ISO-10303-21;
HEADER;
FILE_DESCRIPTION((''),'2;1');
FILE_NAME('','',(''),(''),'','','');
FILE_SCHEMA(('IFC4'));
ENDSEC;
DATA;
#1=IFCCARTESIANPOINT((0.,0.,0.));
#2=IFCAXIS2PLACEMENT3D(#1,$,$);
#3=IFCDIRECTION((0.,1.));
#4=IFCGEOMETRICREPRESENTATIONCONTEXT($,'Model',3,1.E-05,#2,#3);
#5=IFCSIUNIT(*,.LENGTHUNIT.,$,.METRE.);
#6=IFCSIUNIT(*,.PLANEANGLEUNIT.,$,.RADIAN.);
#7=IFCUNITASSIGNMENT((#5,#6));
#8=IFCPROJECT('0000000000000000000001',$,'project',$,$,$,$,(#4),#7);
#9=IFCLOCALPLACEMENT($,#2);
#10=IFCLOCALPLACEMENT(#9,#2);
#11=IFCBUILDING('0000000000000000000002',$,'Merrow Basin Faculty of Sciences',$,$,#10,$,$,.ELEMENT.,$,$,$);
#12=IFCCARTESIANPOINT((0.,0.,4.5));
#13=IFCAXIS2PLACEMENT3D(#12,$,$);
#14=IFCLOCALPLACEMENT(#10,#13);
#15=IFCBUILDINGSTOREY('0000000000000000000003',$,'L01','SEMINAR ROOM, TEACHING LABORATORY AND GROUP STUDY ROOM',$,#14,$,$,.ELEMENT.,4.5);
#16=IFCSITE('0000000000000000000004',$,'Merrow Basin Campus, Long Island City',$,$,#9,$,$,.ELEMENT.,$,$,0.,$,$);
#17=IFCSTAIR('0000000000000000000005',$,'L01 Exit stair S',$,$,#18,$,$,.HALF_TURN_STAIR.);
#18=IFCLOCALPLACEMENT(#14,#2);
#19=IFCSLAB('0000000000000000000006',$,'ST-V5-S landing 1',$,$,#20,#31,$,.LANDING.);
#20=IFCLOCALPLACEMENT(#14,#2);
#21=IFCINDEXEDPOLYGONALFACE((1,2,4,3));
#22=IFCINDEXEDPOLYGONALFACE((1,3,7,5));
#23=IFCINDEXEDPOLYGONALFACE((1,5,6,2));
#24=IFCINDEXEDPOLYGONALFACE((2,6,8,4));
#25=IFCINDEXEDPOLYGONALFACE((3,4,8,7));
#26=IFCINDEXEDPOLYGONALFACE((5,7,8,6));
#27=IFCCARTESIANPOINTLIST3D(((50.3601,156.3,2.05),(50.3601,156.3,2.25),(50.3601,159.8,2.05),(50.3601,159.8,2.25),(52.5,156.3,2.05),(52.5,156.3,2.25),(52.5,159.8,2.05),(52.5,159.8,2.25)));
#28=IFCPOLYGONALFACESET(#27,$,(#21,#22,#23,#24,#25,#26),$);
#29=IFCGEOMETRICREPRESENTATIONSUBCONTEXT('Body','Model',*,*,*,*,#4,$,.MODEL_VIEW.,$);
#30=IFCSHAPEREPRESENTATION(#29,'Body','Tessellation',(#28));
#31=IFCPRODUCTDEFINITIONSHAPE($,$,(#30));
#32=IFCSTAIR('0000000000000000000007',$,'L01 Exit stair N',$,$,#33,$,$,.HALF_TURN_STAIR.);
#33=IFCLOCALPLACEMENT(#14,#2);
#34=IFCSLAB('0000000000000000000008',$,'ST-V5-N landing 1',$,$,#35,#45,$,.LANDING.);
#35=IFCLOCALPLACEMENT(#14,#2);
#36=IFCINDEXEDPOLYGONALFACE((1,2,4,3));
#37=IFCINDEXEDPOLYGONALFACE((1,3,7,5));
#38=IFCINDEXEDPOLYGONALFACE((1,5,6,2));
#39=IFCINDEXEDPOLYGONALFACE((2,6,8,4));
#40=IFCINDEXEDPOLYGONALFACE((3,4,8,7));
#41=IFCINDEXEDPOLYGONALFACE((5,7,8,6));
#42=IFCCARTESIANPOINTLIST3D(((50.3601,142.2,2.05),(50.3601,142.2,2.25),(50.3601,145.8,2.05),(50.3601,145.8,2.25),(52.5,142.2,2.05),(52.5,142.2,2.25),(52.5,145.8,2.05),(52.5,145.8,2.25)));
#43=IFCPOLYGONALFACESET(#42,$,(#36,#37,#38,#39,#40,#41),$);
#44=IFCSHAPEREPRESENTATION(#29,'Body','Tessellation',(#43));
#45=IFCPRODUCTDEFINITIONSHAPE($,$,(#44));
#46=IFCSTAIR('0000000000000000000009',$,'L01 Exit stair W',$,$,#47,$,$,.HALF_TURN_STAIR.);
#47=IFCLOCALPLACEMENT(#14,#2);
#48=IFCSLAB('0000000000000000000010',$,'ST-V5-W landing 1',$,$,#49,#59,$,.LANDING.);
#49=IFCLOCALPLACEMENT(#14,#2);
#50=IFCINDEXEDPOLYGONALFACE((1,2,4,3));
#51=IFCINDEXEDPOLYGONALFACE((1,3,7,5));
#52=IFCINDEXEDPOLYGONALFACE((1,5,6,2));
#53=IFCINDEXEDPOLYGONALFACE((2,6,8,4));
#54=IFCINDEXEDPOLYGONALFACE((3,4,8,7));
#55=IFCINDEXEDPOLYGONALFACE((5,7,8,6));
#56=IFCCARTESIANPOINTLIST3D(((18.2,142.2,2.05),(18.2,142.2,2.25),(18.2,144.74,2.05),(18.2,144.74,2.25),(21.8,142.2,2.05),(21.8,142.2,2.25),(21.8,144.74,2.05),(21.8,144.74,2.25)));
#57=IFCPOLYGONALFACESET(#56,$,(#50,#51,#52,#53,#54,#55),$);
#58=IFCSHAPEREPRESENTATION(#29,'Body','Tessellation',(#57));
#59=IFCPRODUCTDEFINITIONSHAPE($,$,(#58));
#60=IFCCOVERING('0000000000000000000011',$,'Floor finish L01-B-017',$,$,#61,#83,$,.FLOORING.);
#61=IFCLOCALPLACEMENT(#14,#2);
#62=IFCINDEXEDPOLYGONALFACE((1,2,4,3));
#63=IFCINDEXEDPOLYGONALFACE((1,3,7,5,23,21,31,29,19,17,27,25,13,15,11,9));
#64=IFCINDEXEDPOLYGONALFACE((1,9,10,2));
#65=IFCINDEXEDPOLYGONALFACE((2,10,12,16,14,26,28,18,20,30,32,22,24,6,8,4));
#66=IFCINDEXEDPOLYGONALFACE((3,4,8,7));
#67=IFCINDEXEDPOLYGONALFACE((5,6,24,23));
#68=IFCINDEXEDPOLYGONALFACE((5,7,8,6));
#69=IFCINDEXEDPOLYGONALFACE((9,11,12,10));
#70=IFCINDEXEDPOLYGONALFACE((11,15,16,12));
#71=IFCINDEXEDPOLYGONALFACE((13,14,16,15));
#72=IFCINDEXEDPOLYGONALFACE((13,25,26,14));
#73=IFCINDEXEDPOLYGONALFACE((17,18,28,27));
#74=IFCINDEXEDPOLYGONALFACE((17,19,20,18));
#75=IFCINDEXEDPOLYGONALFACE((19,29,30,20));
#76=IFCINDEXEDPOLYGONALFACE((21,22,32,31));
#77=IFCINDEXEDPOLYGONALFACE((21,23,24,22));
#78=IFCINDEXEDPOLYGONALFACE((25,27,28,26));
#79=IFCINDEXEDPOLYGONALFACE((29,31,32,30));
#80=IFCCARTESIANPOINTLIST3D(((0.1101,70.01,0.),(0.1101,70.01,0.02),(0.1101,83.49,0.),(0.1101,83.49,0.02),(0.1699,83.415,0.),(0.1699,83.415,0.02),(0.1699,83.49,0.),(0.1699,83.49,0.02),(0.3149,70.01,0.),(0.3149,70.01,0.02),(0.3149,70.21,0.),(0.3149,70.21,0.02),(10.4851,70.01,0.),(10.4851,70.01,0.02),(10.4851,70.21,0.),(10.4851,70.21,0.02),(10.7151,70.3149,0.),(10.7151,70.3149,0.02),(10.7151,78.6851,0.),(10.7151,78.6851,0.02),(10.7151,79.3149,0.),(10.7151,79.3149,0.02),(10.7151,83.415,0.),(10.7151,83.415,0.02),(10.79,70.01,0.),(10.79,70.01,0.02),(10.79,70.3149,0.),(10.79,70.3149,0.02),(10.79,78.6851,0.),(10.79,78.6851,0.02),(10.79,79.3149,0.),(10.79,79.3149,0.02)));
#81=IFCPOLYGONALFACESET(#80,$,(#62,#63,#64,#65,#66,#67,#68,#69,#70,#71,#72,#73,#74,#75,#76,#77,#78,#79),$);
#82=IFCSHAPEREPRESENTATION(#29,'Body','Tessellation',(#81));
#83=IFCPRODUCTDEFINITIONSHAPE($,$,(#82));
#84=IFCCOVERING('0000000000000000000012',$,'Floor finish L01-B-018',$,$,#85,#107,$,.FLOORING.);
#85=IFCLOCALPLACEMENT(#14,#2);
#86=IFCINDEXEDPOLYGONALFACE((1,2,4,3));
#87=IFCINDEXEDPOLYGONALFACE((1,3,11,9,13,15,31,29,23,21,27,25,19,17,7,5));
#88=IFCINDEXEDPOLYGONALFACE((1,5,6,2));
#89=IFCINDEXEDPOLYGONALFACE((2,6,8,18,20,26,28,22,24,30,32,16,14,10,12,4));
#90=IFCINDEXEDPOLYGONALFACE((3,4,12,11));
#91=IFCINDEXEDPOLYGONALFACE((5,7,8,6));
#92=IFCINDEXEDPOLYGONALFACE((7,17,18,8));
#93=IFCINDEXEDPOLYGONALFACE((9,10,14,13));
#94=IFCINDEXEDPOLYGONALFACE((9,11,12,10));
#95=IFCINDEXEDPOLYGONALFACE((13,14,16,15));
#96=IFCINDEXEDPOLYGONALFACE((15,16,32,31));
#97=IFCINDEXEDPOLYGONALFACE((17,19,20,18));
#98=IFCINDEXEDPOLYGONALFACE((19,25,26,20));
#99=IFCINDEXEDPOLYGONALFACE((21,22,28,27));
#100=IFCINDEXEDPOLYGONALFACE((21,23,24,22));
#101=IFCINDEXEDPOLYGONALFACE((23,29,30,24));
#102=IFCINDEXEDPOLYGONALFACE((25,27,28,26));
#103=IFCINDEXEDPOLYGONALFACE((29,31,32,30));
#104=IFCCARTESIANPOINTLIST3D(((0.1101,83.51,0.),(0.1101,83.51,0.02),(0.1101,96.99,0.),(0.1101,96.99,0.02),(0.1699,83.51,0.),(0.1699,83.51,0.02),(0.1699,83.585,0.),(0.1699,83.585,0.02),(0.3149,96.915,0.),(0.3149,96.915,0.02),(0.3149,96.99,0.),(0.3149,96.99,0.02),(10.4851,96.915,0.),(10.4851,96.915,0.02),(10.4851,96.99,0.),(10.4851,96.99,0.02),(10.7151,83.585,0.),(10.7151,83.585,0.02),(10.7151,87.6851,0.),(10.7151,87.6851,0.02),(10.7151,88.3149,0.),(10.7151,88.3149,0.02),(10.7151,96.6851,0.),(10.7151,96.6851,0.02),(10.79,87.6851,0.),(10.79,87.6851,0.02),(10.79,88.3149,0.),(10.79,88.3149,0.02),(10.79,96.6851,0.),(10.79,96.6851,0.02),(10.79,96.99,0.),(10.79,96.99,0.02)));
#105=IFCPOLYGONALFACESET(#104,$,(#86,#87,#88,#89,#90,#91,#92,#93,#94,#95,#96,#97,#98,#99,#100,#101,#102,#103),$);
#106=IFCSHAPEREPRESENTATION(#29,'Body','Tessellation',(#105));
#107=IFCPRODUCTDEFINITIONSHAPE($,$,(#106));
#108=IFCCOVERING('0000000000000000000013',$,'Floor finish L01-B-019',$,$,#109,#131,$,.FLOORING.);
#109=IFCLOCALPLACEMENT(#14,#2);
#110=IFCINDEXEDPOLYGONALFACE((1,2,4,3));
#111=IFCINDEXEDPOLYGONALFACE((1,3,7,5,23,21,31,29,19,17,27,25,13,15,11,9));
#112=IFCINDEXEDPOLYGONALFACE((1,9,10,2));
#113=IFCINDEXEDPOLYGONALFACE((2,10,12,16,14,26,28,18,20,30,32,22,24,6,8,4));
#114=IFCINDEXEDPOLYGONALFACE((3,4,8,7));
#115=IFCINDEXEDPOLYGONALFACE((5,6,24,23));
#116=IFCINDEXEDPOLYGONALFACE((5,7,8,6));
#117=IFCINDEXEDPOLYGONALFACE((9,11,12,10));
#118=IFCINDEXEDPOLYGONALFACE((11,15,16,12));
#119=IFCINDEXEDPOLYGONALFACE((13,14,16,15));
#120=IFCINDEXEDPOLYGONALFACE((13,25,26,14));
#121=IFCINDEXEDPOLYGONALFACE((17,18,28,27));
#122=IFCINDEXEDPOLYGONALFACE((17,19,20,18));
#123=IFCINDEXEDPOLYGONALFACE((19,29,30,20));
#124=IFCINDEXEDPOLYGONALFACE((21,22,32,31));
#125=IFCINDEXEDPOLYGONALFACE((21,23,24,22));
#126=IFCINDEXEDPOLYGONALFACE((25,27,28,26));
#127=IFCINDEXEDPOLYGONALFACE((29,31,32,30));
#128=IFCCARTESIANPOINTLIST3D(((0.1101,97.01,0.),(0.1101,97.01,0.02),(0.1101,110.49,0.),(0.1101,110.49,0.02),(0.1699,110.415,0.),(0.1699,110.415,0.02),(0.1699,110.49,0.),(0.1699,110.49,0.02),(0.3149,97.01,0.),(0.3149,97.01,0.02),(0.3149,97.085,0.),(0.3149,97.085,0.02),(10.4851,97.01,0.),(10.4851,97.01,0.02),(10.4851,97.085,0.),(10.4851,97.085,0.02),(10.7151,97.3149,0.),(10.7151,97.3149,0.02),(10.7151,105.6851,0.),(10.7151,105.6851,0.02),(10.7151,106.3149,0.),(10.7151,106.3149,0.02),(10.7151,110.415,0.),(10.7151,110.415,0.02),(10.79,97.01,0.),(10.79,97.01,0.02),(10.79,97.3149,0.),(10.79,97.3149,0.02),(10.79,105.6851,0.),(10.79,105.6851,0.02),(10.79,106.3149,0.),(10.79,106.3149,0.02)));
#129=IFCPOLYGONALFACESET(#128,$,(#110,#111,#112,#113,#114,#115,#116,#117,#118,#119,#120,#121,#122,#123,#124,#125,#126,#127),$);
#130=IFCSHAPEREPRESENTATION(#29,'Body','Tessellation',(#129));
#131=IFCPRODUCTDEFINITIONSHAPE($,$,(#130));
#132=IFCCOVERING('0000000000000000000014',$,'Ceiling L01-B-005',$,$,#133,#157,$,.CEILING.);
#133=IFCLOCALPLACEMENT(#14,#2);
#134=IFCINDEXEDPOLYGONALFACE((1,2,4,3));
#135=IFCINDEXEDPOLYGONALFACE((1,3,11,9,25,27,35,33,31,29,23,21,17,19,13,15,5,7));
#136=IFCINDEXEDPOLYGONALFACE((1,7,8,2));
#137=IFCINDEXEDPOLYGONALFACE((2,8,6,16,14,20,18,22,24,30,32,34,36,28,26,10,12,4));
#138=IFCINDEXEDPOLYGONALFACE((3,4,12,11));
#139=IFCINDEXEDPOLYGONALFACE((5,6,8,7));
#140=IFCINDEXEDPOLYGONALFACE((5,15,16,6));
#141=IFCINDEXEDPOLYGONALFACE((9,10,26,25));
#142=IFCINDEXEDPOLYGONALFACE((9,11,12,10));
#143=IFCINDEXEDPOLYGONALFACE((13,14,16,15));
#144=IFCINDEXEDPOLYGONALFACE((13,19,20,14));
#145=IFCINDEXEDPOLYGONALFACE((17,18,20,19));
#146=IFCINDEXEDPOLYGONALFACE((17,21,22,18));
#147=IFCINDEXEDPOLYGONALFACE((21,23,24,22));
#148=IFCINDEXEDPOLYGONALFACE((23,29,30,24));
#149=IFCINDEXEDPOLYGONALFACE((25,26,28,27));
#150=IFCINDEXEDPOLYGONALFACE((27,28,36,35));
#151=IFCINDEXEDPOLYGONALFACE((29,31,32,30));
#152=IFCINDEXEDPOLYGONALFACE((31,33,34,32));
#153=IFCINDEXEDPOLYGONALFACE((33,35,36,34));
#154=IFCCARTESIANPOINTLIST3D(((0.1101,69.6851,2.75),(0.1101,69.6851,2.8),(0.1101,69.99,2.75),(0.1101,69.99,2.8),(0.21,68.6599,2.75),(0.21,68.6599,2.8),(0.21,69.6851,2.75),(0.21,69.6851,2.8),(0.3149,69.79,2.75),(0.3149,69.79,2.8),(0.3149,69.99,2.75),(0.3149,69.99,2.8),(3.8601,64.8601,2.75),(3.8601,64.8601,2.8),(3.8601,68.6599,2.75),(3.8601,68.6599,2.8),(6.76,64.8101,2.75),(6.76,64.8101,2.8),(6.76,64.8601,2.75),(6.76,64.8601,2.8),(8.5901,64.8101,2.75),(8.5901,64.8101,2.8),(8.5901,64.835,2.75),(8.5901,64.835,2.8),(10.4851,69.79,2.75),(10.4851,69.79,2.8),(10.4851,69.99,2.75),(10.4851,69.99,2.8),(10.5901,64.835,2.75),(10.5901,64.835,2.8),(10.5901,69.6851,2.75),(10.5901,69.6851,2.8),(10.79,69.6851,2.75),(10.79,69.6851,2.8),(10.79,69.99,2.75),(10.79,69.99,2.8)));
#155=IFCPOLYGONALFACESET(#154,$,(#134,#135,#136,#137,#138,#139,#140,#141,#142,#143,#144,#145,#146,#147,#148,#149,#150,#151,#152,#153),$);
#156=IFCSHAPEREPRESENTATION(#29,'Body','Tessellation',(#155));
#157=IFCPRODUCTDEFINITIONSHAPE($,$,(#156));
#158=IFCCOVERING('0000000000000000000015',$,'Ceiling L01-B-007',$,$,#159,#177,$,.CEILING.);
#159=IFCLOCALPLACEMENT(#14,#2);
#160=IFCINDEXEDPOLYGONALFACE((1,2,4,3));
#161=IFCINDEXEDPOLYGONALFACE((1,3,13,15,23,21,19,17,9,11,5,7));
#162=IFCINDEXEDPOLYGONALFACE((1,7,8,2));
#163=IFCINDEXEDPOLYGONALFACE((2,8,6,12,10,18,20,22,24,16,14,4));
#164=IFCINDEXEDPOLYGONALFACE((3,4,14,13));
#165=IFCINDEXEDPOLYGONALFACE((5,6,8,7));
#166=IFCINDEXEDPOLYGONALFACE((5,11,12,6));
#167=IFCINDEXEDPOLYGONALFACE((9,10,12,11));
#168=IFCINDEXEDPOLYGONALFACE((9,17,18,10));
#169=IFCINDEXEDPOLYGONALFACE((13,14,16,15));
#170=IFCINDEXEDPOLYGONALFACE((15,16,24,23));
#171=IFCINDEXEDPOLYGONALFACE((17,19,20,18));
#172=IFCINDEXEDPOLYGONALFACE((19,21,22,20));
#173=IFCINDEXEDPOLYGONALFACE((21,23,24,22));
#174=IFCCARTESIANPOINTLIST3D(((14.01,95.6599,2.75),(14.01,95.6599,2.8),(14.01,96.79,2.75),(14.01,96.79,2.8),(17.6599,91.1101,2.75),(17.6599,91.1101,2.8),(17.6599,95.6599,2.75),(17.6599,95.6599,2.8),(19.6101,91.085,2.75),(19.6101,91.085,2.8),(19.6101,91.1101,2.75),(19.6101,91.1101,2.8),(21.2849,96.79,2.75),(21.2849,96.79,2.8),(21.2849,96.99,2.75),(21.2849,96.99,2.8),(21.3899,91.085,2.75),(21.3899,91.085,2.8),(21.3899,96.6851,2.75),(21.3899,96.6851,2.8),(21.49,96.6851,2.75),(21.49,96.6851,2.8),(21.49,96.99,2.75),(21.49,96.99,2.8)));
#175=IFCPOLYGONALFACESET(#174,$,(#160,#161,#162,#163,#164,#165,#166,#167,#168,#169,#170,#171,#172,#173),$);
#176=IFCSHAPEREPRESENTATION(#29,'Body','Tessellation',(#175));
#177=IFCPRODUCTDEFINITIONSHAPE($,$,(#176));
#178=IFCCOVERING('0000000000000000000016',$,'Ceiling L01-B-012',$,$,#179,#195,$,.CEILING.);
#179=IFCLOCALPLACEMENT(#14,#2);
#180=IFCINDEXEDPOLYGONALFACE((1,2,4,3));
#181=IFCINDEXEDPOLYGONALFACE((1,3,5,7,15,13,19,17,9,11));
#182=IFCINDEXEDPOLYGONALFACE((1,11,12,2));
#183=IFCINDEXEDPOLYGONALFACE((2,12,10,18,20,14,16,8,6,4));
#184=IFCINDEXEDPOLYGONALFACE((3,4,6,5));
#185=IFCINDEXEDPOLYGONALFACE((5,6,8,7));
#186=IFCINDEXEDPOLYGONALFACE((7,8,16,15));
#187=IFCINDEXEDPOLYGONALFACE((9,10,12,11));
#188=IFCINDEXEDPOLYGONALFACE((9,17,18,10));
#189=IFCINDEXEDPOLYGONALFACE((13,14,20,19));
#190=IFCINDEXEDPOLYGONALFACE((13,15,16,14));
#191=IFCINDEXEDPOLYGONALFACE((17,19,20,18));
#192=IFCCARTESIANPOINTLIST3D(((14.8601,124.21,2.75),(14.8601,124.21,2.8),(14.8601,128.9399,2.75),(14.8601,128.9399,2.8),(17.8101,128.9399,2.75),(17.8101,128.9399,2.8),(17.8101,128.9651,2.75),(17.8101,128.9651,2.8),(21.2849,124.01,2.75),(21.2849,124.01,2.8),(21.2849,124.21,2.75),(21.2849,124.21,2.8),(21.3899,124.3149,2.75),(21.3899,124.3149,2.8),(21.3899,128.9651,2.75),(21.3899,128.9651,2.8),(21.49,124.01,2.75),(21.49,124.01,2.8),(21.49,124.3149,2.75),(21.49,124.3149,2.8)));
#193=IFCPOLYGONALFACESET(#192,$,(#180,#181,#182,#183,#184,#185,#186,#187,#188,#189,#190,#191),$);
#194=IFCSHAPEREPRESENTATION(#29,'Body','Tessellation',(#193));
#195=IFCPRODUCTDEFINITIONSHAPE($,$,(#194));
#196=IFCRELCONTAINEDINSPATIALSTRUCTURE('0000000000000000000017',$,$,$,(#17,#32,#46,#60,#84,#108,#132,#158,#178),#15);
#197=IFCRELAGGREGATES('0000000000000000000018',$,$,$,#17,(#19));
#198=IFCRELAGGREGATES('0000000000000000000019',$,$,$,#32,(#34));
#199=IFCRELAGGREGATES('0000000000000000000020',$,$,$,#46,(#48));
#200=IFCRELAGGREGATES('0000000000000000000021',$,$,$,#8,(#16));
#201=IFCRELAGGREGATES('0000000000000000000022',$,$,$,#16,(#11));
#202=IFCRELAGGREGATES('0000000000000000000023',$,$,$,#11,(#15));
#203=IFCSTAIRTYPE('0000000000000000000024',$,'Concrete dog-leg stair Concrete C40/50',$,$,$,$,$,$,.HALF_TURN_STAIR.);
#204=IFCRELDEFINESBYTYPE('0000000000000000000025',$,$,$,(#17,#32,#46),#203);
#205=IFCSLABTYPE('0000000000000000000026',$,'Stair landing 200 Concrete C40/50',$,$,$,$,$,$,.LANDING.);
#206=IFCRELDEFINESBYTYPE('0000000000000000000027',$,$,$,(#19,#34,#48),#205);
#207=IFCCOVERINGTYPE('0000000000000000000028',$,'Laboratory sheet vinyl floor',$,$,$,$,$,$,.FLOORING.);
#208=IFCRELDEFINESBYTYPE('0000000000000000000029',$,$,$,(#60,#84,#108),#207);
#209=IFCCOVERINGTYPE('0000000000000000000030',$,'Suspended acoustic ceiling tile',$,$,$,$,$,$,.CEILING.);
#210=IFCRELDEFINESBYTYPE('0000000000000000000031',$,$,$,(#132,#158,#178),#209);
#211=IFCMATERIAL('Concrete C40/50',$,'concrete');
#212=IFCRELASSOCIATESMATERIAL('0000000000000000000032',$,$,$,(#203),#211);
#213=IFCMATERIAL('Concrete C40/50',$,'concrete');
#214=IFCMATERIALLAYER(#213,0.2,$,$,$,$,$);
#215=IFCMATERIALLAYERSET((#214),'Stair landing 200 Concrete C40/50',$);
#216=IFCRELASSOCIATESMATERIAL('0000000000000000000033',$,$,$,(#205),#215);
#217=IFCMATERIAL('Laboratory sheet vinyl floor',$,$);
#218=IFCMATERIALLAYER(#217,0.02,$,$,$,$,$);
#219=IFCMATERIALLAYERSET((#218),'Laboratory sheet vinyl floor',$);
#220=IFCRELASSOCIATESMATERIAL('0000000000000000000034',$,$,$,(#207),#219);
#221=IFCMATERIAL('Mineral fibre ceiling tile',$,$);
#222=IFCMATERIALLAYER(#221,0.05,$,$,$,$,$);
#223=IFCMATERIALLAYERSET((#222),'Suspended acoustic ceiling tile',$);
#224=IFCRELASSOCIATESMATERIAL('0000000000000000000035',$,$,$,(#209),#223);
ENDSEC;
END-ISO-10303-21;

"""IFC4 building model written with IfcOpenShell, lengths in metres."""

from ifc_helpers import new_model, si_unit, direction, frame, origin, place, context, subcontext, project, spatial, polyline, outline, extrude, material, layer, layer_set, type_object, element, aggregate, save


model = new_model("IFC4")

# Units and contexts
model_context = context("Model", 3, precision=1e-05, world=origin(), true_north=direction((0.0, 1.0)))
body_context = subcontext(model_context, "Body", "Model", "MODEL_VIEW")
ifc_project = project(units=[si_unit("LENGTHUNIT", "METRE"), si_unit("PLANEANGLEUNIT", "RADIAN")], contexts=[model_context])

# Site, building, storey
site_placement = place(None, origin())
site = spatial("IfcSite", under=ifc_project, at=site_placement, Name="Merrow Basin Campus, Long Island City", CompositionType="ELEMENT", RefElevation=0.0)
building_placement = place(site_placement, origin())
building = spatial("IfcBuilding", under=site, at=building_placement, Name="Merrow Basin Faculty of Sciences", CompositionType="ELEMENT")
storey_placement = place(building_placement, frame((0.0, 0.0, 4.5)))
storey = spatial("IfcBuildingStorey", under=building, at=storey_placement, Name="L01", Description="SEMINAR ROOM, TEACHING LABORATORY AND GROUP STUDY ROOM", CompositionType="ELEMENT", Elevation=4.5)

# Stairs, slabs
ifc_material_1 = material(Name="Concrete C40/50", Category="concrete")
stair_type = type_object("IfcStairType", Name="Concrete dog-leg stair Concrete C40/50", PredefinedType="HALF_TURN_STAIR", material=ifc_material_1)
ifc_material_2 = material(Name="Concrete C40/50", Category="concrete")
ifc_layer_1 = layer(ifc_material_2, 0.2)
ifc_layer_set_1 = layer_set([ifc_layer_1], Name="Stair landing 200 Concrete C40/50")
slab_type_1 = type_object("IfcSlabType", Name="Stair landing 200 Concrete C40/50", PredefinedType="LANDING", material=ifc_layer_set_1)
stair_1_placement = place(storey_placement, origin())
stair_1 = element("IfcStair", 1, at=stair_1_placement, inside=storey, type_object=stair_type, Name="L01 Exit stair S", PredefinedType="HALF_TURN_STAIR")
slab_1_placement = place(storey_placement, frame((0.0, 0.0, 2.05)))
slab_1 = element("IfcSlab", 2, at=slab_1_placement, type_object=slab_type_1, Name="ST-V5-S landing 1", PredefinedType="LANDING", context=body_context, shape_type="SweptSolid", body=[
    extrude(outline(polyline([(50.3601, 156.3), (52.5, 156.3), (52.5, 159.8), (50.3601, 159.8), (50.3601, 156.3)])), origin(), (0.0, 0.0, 1.0), 0.2),
])
aggregate(stair_1, [slab_1])
stair_2_placement = place(storey_placement, origin())
stair_2 = element("IfcStair", 3, at=stair_2_placement, inside=storey, type_object=stair_type, Name="L01 Exit stair N", PredefinedType="HALF_TURN_STAIR")
slab_2_placement = place(storey_placement, frame((0.0, 0.0, 2.05)))
slab_2 = element("IfcSlab", 4, at=slab_2_placement, type_object=slab_type_1, Name="ST-V5-N landing 1", PredefinedType="LANDING", context=body_context, shape_type="SweptSolid", body=[
    extrude(outline(polyline([(50.3601, 142.2), (52.5, 142.2), (52.5, 145.8), (50.3601, 145.8), (50.3601, 142.2)])), origin(), (0.0, 0.0, 1.0), 0.2),
])
aggregate(stair_2, [slab_2])
stair_3_placement = place(storey_placement, origin())
stair_3 = element("IfcStair", 5, at=stair_3_placement, inside=storey, type_object=stair_type, Name="L01 Exit stair W", PredefinedType="HALF_TURN_STAIR")
slab_3_placement = place(storey_placement, frame((0.0, 0.0, 2.05)))
slab_3 = element("IfcSlab", 6, at=slab_3_placement, type_object=slab_type_1, Name="ST-V5-W landing 1", PredefinedType="LANDING", context=body_context, shape_type="SweptSolid", body=[
    extrude(outline(polyline([(18.2, 142.2), (21.8, 142.2), (21.8, 144.74), (18.2, 144.74), (18.2, 142.2)])), origin(), (0.0, 0.0, 1.0), 0.2),
])
aggregate(stair_3, [slab_3])

# Coverings
ifc_material_3 = material(Name="Laboratory sheet vinyl floor")
ifc_layer_2 = layer(ifc_material_3, 0.02)
ifc_layer_set_2 = layer_set([ifc_layer_2], Name="Laboratory sheet vinyl floor")
covering_type_1 = type_object("IfcCoveringType", Name="Laboratory sheet vinyl floor", PredefinedType="FLOORING", material=ifc_layer_set_2)
covering_1_placement = place(storey_placement, origin())
element("IfcCovering", 7, at=covering_1_placement, inside=storey, type_object=covering_type_1, Name="Floor finish L01-B-017", PredefinedType="FLOORING", context=body_context, shape_type="SweptSolid", body=[
    extrude(outline(polyline([(10.7151, 83.415), (10.7151, 79.3149), (10.79, 79.3149), (10.79, 78.6851), (10.7151, 78.6851), (10.7151, 70.3149), (10.79, 70.3149), (10.79, 70.01), (10.4851, 70.01), (10.4851, 70.21), (0.3149, 70.21), (0.3149, 70.01), (0.1101, 70.01), (0.1101, 83.49), (0.1699, 83.49), (0.1699, 83.415), (10.7151, 83.415)])), origin(), (0.0, 0.0, 1.0), 0.02),
])
covering_2_placement = place(storey_placement, origin())
element("IfcCovering", 8, at=covering_2_placement, inside=storey, type_object=covering_type_1, Name="Floor finish L01-B-018", PredefinedType="FLOORING", context=body_context, shape_type="SweptSolid", body=[
    extrude(outline(polyline([(10.7151, 83.585), (0.1699, 83.585), (0.1699, 83.51), (0.1101, 83.51), (0.1101, 96.99), (0.3149, 96.99), (0.3149, 96.915), (10.4851, 96.915), (10.4851, 96.99), (10.79, 96.99), (10.79, 96.6851), (10.7151, 96.6851), (10.7151, 88.3149), (10.79, 88.3149), (10.79, 87.6851), (10.7151, 87.6851), (10.7151, 83.585)])), origin(), (0.0, 0.0, 1.0), 0.02),
])
covering_3_placement = place(storey_placement, origin())
element("IfcCovering", 9, at=covering_3_placement, inside=storey, type_object=covering_type_1, Name="Floor finish L01-B-019", PredefinedType="FLOORING", context=body_context, shape_type="SweptSolid", body=[
    extrude(outline(polyline([(10.7151, 110.415), (10.7151, 106.3149), (10.79, 106.3149), (10.79, 105.6851), (10.7151, 105.6851), (10.7151, 97.3149), (10.79, 97.3149), (10.79, 97.01), (10.4851, 97.01), (10.4851, 97.085), (0.3149, 97.085), (0.3149, 97.01), (0.1101, 97.01), (0.1101, 110.49), (0.1699, 110.49), (0.1699, 110.415), (10.7151, 110.415)])), origin(), (0.0, 0.0, 1.0), 0.02),
])
ifc_material_4 = material(Name="Mineral fibre ceiling tile")
ifc_layer_3 = layer(ifc_material_4, 0.05)
ifc_layer_set_3 = layer_set([ifc_layer_3], Name="Suspended acoustic ceiling tile")
covering_type_2 = type_object("IfcCoveringType", Name="Suspended acoustic ceiling tile", PredefinedType="CEILING", material=ifc_layer_set_3)
covering_4_placement = place(storey_placement, frame((0.0, 0.0, 2.75)))
element("IfcCovering", 10, at=covering_4_placement, inside=storey, type_object=covering_type_2, Name="Ceiling L01-B-005", PredefinedType="CEILING", context=body_context, shape_type="SweptSolid", body=[
    extrude(outline(polyline([(10.5901, 64.835), (8.5901, 64.835), (8.5901, 64.8101), (6.76, 64.8101), (6.76, 64.8601), (3.8601, 64.8601), (3.8601, 68.6599), (0.21, 68.6599), (0.21, 69.6851), (0.1101, 69.6851), (0.1101, 69.99), (0.3149, 69.99), (0.3149, 69.79), (10.4851, 69.79), (10.4851, 69.99), (10.79, 69.99), (10.79, 69.6851), (10.5901, 69.6851), (10.5901, 64.835)])), origin(), (0.0, 0.0, 1.0), 0.05),
])
covering_5_placement = place(storey_placement, frame((0.0, 0.0, 2.75)))
element("IfcCovering", 11, at=covering_5_placement, inside=storey, type_object=covering_type_2, Name="Ceiling L01-B-007", PredefinedType="CEILING", context=body_context, shape_type="SweptSolid", body=[
    extrude(outline(polyline([(21.3899, 91.085), (19.6101, 91.085), (19.6101, 91.1101), (17.6599, 91.1101), (17.6599, 95.6599), (14.01, 95.6599), (14.01, 96.79), (21.2849, 96.79), (21.2849, 96.99), (21.49, 96.99), (21.49, 96.6851), (21.3899, 96.6851), (21.3899, 91.085)])), origin(), (0.0, 0.0, 1.0), 0.05),
])
covering_6_placement = place(storey_placement, frame((0.0, 0.0, 2.75)))
element("IfcCovering", 12, at=covering_6_placement, inside=storey, type_object=covering_type_2, Name="Ceiling L01-B-012", PredefinedType="CEILING", context=body_context, shape_type="SweptSolid", body=[
    extrude(outline(polyline([(21.3899, 128.9651), (21.3899, 124.3149), (21.49, 124.3149), (21.49, 124.01), (21.2849, 124.01), (21.2849, 124.21), (14.8601, 124.21), (14.8601, 128.9399), (17.8101, 128.9399), (17.8101, 128.9651), (21.3899, 128.9651)])), origin(), (0.0, 0.0, 1.0), 0.05),
])

save(model, "model.ifc")
